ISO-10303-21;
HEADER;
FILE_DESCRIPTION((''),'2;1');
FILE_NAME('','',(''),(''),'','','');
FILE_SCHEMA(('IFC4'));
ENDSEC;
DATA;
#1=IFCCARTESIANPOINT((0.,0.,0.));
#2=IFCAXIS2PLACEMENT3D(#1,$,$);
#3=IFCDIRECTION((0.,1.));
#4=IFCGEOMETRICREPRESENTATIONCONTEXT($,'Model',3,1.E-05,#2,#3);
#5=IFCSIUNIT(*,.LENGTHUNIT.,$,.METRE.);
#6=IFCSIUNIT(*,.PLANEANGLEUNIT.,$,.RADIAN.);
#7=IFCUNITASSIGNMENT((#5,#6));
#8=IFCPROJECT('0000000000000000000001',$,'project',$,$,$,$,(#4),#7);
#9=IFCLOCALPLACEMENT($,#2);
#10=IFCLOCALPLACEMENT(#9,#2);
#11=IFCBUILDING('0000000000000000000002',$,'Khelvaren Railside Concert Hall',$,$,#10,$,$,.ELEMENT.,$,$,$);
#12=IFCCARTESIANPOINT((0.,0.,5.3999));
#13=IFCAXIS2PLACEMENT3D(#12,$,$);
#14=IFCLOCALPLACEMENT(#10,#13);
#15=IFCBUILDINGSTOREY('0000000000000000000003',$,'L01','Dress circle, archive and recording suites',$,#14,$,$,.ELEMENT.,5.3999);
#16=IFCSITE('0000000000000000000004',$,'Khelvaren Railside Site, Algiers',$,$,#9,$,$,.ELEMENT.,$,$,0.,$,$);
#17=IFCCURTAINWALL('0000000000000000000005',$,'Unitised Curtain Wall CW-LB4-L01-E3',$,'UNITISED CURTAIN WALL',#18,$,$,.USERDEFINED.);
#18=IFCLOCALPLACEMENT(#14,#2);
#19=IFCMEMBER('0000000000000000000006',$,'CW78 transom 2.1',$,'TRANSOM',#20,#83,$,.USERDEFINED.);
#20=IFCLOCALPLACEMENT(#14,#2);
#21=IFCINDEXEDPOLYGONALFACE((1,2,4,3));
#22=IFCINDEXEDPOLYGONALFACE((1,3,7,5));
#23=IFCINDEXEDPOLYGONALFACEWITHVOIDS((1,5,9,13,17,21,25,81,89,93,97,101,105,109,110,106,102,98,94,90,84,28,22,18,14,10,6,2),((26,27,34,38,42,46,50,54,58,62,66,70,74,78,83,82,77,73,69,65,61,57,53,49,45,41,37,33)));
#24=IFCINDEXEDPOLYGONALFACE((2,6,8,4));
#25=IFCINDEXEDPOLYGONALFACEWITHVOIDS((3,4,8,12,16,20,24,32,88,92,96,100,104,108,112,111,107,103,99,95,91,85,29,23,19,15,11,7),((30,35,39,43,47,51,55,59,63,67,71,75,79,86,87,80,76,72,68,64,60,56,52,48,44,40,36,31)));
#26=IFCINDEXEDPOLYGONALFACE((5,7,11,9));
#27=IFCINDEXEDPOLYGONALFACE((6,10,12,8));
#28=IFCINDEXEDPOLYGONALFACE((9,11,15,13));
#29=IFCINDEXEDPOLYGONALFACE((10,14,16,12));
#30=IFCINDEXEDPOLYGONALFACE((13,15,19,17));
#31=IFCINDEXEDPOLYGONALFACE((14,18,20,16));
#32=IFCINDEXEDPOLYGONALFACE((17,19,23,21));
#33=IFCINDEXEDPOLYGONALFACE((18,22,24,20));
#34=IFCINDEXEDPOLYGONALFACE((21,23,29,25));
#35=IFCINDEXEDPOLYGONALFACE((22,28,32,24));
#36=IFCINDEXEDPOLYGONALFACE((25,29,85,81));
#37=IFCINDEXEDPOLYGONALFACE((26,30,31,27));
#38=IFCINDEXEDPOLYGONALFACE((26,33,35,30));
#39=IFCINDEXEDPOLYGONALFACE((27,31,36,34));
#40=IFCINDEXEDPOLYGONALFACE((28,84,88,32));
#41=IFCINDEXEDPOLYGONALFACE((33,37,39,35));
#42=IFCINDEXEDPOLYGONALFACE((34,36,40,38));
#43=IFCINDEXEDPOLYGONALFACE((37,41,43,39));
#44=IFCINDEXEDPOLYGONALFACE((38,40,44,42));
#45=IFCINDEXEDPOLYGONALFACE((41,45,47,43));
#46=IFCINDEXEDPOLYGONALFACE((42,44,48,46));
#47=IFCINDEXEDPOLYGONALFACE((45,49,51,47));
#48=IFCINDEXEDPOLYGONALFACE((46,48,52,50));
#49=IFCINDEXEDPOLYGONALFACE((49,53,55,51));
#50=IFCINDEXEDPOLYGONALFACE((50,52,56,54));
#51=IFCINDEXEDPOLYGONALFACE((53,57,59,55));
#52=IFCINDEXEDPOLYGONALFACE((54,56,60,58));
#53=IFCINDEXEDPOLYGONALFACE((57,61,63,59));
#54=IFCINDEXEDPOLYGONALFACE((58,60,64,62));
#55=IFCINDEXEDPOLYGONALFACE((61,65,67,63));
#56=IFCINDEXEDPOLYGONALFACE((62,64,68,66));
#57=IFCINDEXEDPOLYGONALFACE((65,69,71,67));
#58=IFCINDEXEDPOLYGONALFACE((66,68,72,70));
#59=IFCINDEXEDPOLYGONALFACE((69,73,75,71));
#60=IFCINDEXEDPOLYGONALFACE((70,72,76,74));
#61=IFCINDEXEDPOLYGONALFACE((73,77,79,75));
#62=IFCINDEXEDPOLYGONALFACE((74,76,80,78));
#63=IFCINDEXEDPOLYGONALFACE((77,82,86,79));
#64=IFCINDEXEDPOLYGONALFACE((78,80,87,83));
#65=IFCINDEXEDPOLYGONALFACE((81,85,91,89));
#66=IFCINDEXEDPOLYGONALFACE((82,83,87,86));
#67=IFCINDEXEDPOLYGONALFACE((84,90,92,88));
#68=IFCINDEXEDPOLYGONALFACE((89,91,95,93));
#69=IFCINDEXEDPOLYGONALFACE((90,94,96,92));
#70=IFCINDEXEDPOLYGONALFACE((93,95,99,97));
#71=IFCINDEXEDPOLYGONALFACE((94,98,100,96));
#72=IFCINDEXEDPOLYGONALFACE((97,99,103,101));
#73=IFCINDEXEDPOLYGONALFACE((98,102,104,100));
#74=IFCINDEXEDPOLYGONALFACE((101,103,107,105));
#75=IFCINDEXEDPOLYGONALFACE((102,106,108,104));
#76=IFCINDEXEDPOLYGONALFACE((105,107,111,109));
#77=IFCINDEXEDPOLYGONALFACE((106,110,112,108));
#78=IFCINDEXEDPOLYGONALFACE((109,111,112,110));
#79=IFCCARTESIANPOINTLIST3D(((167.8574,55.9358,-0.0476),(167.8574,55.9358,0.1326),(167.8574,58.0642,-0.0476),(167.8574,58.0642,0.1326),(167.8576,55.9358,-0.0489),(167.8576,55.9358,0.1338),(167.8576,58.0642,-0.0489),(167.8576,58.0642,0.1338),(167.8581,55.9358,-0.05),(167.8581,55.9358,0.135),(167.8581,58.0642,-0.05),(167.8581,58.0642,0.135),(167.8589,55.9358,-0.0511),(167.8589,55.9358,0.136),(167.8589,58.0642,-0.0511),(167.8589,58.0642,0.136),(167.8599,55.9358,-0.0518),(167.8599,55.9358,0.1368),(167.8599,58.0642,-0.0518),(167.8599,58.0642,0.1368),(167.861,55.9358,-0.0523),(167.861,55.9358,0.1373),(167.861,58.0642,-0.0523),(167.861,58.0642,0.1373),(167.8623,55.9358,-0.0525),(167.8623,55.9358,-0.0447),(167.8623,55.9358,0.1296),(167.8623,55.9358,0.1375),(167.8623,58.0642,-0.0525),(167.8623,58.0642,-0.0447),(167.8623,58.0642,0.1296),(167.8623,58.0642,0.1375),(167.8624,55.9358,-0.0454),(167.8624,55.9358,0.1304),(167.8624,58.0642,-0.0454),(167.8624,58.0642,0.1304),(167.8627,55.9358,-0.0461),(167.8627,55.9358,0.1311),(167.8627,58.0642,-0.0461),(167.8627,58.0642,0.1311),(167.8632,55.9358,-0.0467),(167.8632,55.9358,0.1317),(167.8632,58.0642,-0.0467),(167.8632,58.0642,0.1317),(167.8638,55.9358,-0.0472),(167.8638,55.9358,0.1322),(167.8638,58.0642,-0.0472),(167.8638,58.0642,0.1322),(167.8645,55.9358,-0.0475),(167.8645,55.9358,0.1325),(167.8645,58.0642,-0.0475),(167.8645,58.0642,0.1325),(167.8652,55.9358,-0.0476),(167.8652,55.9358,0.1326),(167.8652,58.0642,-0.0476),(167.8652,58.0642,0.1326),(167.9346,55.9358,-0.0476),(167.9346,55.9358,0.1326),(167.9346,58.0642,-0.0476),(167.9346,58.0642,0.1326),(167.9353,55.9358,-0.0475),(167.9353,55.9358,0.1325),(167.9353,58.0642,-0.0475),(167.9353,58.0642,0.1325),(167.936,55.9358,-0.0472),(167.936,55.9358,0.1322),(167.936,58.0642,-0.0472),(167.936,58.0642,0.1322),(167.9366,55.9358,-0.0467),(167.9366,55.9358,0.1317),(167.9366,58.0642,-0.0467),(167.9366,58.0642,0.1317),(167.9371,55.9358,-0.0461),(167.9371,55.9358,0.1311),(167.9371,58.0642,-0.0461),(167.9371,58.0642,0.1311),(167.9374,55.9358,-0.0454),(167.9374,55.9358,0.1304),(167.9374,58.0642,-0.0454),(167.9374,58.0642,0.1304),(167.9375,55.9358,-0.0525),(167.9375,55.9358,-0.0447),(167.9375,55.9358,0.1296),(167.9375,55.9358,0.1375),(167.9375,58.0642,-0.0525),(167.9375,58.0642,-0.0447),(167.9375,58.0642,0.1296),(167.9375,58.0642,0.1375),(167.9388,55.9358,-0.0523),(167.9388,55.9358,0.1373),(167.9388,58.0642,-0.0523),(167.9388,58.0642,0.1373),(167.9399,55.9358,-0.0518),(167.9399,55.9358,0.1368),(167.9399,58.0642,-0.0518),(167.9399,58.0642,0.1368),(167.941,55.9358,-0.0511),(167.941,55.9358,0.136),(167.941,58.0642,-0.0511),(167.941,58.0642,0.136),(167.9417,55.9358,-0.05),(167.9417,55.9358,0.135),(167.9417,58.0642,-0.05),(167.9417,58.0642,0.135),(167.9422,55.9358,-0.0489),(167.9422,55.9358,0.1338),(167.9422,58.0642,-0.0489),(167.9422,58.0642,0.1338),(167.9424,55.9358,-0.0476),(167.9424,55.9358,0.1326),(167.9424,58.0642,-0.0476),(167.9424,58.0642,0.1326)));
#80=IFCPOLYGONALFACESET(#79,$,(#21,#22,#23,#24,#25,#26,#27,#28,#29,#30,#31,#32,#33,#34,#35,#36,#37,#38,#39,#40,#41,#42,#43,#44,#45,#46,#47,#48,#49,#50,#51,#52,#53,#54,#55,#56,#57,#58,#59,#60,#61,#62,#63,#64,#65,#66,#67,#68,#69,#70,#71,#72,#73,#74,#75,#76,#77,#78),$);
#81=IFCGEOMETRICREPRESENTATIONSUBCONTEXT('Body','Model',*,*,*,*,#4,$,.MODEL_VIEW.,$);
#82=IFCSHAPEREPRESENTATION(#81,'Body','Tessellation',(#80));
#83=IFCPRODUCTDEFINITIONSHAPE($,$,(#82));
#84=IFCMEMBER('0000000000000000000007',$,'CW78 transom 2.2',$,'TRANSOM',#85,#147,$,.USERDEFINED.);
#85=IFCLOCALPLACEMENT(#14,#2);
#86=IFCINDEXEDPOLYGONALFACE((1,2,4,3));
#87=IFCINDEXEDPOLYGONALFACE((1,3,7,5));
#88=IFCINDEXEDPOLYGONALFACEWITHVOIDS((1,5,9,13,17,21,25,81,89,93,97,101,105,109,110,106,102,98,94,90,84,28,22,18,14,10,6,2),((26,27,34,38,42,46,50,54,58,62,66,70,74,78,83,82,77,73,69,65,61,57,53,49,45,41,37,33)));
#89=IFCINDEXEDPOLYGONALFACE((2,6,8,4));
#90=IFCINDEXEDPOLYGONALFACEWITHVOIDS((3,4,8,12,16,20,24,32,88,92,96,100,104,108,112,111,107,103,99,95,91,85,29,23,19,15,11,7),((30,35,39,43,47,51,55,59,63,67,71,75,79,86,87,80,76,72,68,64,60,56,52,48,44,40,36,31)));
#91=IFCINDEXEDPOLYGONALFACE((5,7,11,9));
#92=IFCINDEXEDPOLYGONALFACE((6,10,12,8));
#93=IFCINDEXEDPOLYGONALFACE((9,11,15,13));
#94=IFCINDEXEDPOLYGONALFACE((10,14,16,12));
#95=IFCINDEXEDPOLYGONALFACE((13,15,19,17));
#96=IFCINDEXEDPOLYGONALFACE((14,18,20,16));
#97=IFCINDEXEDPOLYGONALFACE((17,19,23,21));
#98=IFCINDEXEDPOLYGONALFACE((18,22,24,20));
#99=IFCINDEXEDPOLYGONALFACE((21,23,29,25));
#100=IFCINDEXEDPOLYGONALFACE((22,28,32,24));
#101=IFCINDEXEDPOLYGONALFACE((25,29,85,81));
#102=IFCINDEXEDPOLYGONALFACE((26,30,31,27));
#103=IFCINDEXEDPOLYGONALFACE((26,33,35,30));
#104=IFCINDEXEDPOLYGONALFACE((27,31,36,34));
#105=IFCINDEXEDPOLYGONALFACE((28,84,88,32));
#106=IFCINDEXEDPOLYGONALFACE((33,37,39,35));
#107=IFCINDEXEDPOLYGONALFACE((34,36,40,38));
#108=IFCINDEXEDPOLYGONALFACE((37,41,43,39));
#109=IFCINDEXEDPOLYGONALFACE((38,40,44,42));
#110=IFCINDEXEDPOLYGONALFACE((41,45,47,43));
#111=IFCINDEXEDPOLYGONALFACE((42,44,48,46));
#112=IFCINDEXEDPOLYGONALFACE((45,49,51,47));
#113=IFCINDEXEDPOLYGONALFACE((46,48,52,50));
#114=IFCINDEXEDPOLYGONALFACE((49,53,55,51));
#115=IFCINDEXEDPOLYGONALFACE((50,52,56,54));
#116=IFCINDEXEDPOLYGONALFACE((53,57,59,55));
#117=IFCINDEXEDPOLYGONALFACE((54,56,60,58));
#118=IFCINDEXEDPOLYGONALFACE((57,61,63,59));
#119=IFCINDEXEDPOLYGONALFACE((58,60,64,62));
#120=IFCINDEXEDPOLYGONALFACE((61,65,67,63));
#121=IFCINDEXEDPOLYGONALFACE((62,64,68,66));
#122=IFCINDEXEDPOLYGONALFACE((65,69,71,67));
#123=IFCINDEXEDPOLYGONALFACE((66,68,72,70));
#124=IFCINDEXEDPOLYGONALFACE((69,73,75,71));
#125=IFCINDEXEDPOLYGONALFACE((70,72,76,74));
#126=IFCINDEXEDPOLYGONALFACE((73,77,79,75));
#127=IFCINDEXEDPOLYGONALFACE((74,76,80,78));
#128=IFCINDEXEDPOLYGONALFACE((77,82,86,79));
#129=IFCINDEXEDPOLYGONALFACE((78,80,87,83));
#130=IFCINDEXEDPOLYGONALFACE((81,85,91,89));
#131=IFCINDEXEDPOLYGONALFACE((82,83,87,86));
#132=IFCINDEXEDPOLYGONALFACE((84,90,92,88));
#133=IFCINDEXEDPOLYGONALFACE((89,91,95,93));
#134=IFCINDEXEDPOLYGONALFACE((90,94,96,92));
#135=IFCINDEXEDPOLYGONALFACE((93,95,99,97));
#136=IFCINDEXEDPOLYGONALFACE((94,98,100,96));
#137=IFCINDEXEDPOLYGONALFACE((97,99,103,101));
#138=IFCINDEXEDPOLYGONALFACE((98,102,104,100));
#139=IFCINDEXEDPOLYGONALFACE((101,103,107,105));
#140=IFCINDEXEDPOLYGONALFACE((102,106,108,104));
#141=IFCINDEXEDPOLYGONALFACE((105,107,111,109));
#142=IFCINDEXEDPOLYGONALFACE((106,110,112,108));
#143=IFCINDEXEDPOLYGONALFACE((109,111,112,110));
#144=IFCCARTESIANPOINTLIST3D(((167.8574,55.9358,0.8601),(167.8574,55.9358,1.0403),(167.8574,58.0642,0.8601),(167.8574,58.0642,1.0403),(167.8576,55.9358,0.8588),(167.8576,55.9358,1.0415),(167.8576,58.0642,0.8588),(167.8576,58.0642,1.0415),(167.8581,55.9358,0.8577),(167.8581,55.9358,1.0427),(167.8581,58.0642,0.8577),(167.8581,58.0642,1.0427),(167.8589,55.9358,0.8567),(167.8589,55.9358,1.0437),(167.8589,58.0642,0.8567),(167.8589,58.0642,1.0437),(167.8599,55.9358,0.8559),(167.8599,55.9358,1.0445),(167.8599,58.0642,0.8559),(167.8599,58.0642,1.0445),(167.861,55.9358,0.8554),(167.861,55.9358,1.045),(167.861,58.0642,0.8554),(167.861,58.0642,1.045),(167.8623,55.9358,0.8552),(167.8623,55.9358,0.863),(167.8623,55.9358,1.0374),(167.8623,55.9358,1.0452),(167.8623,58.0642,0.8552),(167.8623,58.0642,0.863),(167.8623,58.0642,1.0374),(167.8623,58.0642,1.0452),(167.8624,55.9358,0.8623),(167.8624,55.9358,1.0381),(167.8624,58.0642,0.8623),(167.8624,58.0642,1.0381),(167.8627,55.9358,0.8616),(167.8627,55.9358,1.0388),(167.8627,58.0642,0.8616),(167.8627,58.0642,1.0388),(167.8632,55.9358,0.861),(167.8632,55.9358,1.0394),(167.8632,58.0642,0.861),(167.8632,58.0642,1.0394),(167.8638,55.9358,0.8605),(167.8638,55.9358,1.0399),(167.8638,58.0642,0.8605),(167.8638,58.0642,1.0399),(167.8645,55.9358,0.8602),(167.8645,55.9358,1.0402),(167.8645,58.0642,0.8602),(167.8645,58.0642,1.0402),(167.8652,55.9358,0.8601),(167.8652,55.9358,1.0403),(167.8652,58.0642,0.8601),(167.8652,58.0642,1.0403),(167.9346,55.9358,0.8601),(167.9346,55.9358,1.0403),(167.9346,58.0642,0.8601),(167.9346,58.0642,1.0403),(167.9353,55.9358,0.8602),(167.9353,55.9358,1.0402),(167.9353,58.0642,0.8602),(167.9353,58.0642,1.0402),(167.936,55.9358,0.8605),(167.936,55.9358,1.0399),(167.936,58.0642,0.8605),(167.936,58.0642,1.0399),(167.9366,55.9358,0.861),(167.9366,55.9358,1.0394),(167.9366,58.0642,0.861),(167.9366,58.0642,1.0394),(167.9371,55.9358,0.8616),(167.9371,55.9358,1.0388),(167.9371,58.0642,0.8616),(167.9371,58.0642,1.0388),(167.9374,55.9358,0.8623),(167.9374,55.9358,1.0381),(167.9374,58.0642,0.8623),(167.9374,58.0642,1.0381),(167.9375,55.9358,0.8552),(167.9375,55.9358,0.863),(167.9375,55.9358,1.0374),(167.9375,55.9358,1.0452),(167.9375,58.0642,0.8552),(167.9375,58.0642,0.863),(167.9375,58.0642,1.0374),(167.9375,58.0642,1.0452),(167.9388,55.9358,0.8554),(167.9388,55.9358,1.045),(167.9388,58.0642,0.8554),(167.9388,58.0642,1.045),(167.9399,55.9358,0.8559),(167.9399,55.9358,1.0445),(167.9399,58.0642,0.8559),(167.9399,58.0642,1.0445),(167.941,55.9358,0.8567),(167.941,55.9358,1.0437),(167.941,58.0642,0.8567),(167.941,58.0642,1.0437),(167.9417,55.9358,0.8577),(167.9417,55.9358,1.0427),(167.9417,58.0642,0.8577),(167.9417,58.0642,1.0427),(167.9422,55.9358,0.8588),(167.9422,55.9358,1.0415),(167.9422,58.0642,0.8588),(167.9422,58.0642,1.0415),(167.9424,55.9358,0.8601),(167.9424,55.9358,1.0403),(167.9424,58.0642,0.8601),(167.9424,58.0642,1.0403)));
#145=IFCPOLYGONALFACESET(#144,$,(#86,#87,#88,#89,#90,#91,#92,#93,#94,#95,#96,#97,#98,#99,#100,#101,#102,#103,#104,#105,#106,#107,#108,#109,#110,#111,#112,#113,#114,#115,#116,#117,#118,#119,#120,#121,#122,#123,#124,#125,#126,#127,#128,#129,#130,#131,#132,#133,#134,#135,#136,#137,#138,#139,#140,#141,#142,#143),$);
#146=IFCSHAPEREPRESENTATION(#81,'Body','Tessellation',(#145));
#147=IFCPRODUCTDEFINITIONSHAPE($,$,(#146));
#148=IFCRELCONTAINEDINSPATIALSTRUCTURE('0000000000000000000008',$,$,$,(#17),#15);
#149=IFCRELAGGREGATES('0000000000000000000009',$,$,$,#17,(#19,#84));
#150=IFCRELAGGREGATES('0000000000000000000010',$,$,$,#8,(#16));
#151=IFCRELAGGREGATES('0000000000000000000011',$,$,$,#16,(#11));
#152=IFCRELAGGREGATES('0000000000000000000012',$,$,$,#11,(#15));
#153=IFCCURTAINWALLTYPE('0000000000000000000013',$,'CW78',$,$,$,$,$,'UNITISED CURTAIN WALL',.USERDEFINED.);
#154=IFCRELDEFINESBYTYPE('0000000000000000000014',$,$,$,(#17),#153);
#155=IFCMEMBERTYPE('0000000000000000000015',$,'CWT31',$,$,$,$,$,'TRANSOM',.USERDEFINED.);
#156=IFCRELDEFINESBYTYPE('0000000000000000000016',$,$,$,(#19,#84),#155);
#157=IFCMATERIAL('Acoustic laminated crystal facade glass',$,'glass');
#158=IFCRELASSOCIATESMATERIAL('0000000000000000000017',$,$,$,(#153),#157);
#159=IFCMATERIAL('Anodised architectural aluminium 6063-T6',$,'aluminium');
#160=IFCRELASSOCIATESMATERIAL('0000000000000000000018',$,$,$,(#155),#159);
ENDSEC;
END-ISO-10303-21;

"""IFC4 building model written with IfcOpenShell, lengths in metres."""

from ifc_helpers import new_model, si_unit, direction, frame, origin, origin_2d, place, context, subcontext, project, spatial, hollow_rectangle, extrude, material, material_profile, profile_set, type_object, element, aggregate, save


model = new_model("IFC4")

# Units and contexts
model_context = context("Model", 3, precision=1e-05, world=origin(), true_north=direction((0.0, 1.0)))
body_context = subcontext(model_context, "Body", "Model", "MODEL_VIEW")
ifc_project = project(units=[si_unit("LENGTHUNIT", "METRE"), si_unit("PLANEANGLEUNIT", "RADIAN")], contexts=[model_context])

# Site, building, storey
site_placement = place(None, origin())
site = spatial("IfcSite", under=ifc_project, at=site_placement, Name="Khelvaren Railside Site, Algiers", CompositionType="ELEMENT", RefElevation=0.0)
building_placement = place(site_placement, origin())
building = spatial("IfcBuilding", under=site, at=building_placement, Name="Khelvaren Railside Concert Hall", CompositionType="ELEMENT")
storey_placement = place(building_placement, frame((0.0, 0.0, 5.3999)))
storey = spatial("IfcBuildingStorey", under=building, at=storey_placement, Name="L01", Description="Dress circle, archive and recording suites", CompositionType="ELEMENT", Elevation=5.3999)

# Curtain wall
ifc_material_1 = material(Name="Acoustic laminated crystal facade glass", Category="glass")
curtain_wall_type = type_object("IfcCurtainWallType", Name="CW78", ElementType="UNITISED CURTAIN WALL", PredefinedType="USERDEFINED", material=ifc_material_1)
curtain_wall_1_placement = place(storey_placement, origin())
curtain_wall_1 = element("IfcCurtainWall", 1, at=curtain_wall_1_placement, inside=storey, type_object=curtain_wall_type, Name="Unitised Curtain Wall CW-LB4-L01-E3", ObjectType="UNITISED CURTAIN WALL", PredefinedType="USERDEFINED")
ifc_material_2 = material(Name="Anodised architectural aluminium 6063-T6", Category="aluminium")

# Members
ifc_material_profile_1 = material_profile(ifc_material_2, hollow_rectangle(XDim=0.085, YDim=0.1899, WallThickness=0.0049, InnerFilletRadius=0.0029, OuterFilletRadius=0.0049, at=origin_2d()), Name="CWT 85x190x5")
ifc_profile_set_1 = profile_set([ifc_material_profile_1], Name="Anodised architectural aluminium 6063-T6")
member_type_1 = type_object("IfcMemberType", Name="CWT31", ElementType="TRANSOM", PredefinedType="USERDEFINED", material=ifc_profile_set_1)
member_1_placement = place(storey_placement, frame((167.8999, 58.0642, 0.0425), z_axis=(0.0, -1.0, 0.0), x_axis=(1.0, 0.0, 0.0)))
member_1 = element("IfcMember", 2, at=member_1_placement, type_object=member_type_1, Name="CW78 transom 2.1", ObjectType="TRANSOM", PredefinedType="USERDEFINED", context=body_context, shape_type="SweptSolid", body=[
    extrude(hollow_rectangle(XDim=0.085, YDim=0.1899, WallThickness=0.0049, InnerFilletRadius=0.0029, OuterFilletRadius=0.0049, at=origin_2d()), origin(), (0.0, 0.0, 1.0), 2.1284),
])
member_2_placement = place(storey_placement, frame((167.8999, 58.0642, 0.9502), z_axis=(0.0, -1.0, 0.0), x_axis=(1.0, 0.0, 0.0)))
member_2 = element("IfcMember", 3, at=member_2_placement, type_object=member_type_1, Name="CW78 transom 2.2", ObjectType="TRANSOM", PredefinedType="USERDEFINED", context=body_context, shape_type="SweptSolid", body=[
    extrude(hollow_rectangle(XDim=0.085, YDim=0.1899, WallThickness=0.0049, InnerFilletRadius=0.0029, OuterFilletRadius=0.0049, at=origin_2d()), origin(), (0.0, 0.0, 1.0), 2.1284),
])

aggregate(curtain_wall_1, [member_1, member_2])

save(model, "model.ifc")
